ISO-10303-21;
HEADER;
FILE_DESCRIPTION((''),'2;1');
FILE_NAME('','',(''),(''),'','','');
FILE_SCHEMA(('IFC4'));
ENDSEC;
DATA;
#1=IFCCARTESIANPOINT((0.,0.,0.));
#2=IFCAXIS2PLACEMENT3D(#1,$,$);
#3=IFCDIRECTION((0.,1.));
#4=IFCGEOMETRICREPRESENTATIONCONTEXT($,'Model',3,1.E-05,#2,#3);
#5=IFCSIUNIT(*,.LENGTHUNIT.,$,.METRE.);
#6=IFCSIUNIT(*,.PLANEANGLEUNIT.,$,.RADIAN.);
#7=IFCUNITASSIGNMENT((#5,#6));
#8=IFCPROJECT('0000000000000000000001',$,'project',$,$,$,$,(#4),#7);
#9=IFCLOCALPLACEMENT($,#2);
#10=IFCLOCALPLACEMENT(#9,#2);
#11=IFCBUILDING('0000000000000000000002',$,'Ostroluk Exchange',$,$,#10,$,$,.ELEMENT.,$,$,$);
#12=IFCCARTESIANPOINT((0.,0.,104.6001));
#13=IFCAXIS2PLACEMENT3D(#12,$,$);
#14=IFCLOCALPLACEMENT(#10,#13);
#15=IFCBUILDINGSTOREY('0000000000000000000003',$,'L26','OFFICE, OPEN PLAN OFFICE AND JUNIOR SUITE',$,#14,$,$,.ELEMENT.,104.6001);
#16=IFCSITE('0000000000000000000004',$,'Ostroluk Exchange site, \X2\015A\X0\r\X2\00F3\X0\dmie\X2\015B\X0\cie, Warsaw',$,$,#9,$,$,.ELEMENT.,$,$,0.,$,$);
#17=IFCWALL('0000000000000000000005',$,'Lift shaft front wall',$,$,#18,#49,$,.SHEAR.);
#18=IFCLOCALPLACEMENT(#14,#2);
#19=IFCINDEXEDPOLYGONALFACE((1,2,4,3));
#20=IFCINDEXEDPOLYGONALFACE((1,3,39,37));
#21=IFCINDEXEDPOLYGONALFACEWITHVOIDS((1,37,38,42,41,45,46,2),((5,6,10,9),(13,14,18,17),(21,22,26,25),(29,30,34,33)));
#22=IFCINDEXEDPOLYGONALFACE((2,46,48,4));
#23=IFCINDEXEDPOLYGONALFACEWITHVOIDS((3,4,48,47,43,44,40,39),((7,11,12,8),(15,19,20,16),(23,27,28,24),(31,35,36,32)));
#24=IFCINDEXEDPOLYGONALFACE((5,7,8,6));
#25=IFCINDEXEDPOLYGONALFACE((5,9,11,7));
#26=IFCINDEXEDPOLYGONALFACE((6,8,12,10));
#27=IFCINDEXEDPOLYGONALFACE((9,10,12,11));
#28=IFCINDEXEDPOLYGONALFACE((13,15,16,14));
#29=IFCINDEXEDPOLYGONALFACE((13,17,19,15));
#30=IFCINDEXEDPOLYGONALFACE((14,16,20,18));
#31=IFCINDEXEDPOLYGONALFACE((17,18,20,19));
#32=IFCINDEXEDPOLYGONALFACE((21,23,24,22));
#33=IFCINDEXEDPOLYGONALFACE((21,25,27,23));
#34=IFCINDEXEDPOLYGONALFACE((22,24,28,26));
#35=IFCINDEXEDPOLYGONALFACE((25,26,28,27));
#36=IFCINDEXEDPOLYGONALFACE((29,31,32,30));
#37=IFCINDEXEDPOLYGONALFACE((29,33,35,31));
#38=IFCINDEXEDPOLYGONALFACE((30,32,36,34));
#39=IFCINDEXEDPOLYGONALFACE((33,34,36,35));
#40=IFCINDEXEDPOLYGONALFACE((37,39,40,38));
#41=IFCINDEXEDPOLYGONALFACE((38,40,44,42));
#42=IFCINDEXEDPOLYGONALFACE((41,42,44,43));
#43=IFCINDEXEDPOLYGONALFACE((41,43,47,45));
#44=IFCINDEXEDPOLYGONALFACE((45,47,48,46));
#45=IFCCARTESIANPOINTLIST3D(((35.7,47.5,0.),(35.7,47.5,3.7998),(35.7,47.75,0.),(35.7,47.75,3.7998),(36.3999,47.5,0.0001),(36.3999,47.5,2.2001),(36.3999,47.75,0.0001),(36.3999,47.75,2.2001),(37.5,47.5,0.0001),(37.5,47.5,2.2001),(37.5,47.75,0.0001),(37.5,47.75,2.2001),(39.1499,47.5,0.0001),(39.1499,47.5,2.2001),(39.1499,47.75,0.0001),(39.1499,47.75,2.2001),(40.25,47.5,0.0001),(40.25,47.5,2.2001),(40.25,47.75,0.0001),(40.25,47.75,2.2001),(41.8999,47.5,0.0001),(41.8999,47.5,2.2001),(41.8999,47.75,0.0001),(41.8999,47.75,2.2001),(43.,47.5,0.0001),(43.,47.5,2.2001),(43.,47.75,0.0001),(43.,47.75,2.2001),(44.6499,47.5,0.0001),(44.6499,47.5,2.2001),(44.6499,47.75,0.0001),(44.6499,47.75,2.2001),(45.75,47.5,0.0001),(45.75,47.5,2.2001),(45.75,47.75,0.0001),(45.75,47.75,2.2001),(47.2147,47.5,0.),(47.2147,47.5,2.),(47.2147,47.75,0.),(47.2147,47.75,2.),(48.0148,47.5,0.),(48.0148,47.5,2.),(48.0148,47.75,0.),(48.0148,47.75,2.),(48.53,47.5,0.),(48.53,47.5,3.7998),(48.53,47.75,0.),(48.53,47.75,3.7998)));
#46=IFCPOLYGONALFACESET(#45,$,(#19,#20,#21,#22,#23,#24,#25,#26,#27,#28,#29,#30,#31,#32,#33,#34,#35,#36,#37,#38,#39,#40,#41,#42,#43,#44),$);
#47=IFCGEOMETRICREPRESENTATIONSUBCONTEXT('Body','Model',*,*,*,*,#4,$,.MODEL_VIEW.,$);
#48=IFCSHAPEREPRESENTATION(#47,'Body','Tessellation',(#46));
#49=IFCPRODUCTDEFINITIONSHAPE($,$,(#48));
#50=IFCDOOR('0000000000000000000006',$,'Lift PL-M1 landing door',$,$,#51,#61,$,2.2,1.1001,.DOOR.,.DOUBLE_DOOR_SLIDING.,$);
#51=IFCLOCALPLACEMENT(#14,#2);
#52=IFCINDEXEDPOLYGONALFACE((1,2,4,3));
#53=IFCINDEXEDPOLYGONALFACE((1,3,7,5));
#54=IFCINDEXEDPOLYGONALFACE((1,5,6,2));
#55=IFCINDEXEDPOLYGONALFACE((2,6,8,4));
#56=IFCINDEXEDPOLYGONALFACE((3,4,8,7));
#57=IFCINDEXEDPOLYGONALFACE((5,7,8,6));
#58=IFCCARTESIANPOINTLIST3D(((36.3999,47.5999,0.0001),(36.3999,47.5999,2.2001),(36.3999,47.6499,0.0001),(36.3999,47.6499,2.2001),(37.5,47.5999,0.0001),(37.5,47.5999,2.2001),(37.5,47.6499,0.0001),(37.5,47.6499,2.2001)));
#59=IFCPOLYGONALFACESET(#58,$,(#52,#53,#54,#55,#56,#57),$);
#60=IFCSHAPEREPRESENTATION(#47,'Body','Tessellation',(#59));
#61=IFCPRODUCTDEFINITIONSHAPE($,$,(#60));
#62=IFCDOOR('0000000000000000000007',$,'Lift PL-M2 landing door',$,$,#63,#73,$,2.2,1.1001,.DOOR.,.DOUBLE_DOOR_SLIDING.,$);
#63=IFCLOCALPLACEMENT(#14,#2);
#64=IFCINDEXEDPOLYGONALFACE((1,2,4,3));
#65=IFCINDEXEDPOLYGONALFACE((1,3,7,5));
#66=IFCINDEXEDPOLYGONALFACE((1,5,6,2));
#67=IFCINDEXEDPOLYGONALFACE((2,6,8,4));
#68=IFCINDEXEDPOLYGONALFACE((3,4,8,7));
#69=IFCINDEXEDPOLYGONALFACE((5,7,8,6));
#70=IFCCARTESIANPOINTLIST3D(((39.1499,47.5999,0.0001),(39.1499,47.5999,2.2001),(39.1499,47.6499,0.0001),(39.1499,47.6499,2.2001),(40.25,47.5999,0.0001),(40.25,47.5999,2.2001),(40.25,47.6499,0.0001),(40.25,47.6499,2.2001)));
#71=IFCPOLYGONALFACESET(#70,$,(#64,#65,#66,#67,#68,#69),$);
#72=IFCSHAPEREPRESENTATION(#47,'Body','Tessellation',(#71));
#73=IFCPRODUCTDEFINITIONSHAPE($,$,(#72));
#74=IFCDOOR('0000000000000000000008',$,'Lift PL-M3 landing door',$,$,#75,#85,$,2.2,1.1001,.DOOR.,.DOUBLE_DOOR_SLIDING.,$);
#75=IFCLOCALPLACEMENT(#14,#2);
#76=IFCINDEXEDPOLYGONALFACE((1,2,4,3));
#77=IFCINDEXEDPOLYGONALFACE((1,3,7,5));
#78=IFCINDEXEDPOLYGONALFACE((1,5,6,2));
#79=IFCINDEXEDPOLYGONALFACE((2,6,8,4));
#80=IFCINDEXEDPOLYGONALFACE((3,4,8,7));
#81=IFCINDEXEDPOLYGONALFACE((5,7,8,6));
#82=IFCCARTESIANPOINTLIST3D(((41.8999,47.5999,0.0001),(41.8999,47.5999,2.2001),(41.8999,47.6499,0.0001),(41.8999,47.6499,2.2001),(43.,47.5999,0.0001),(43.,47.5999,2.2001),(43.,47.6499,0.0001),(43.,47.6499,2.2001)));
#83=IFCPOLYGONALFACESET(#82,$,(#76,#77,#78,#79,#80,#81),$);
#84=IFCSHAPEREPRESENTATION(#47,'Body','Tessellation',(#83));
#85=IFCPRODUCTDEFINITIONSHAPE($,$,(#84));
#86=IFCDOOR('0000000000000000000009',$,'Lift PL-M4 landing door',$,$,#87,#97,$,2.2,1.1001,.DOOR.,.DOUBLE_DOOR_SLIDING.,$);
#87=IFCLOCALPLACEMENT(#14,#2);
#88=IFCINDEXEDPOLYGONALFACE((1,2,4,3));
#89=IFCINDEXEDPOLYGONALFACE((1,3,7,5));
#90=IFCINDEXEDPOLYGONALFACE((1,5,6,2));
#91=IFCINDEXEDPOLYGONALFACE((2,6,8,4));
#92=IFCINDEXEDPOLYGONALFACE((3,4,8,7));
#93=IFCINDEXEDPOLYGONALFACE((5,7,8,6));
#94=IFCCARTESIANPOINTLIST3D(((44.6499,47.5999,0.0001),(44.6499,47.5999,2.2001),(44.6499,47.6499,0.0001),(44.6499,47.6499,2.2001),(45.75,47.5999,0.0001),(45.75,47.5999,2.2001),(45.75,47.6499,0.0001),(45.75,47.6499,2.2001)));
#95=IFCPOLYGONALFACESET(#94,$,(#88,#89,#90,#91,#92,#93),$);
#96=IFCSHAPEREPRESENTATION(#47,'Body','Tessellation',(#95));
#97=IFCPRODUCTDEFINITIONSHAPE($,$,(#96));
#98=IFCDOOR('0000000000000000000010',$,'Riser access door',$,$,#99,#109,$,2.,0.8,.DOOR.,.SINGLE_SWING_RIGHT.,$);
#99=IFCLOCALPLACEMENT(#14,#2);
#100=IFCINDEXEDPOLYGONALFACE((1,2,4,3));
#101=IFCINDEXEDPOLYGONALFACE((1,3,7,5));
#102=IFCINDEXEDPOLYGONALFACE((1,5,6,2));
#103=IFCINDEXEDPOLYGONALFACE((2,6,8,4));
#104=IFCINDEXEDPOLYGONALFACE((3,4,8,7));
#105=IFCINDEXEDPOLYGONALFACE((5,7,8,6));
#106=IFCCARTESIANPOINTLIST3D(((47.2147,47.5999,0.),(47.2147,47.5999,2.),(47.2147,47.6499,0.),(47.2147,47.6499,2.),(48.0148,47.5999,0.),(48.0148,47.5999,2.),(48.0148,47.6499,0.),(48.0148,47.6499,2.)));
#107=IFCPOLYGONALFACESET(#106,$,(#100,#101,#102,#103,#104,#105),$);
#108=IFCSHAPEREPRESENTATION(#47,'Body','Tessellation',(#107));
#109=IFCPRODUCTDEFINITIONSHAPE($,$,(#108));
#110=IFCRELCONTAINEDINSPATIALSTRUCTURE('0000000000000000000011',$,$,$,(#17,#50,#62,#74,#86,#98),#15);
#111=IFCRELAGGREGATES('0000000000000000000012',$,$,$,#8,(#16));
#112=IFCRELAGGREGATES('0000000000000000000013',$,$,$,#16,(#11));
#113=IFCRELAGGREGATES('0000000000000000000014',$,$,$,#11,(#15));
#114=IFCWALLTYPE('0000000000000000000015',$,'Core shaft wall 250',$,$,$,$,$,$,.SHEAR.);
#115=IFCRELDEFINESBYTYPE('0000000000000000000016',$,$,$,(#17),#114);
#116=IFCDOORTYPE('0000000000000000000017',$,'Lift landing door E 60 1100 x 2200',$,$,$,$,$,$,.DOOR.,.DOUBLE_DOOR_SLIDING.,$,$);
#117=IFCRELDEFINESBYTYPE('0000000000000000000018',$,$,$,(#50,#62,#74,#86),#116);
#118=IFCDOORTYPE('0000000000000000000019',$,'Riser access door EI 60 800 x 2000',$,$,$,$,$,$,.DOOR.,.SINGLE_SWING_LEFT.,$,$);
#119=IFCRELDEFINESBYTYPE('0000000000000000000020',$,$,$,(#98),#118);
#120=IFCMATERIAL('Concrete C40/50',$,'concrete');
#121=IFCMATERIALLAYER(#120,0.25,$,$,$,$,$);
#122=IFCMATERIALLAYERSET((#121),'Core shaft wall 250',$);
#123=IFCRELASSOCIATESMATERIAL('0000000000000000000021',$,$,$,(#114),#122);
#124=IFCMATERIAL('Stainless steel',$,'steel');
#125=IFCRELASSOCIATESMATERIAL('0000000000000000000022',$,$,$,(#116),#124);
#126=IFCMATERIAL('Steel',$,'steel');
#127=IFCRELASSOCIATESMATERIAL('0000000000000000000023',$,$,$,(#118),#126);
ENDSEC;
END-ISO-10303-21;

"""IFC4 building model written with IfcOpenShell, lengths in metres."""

from ifc_helpers import new_model, si_unit, direction, frame, frame_2d, origin, place, context, subcontext, project, spatial, rectangle, extrude, material, layer, layer_set, type_object, element, fill, save


model = new_model("IFC4")

# Units and contexts
model_context = context("Model", 3, precision=1e-05, world=origin(), true_north=direction((0.0, 1.0)))
body_context = subcontext(model_context, "Body", "Model", "MODEL_VIEW")
ifc_project = project(units=[si_unit("LENGTHUNIT", "METRE"), si_unit("PLANEANGLEUNIT", "RADIAN")], contexts=[model_context])

# Site, building, storey
site_placement = place(None, origin())
site = spatial("IfcSite", under=ifc_project, at=site_placement, Name="Ostroluk Exchange site, Śródmieście, Warsaw", CompositionType="ELEMENT", RefElevation=0.0)
building_placement = place(site_placement, origin())
building = spatial("IfcBuilding", under=site, at=building_placement, Name="Ostroluk Exchange", CompositionType="ELEMENT")
storey_placement = place(building_placement, frame((0.0, 0.0, 104.6001)))
storey = spatial("IfcBuildingStorey", under=building, at=storey_placement, Name="L26", Description="OFFICE, OPEN PLAN OFFICE AND JUNIOR SUITE", CompositionType="ELEMENT", Elevation=104.6001)

# Shared definitions
ifc_material_1 = material(Name="Concrete C40/50", Category="concrete")
ifc_layer_1 = layer(ifc_material_1, 0.25)
ifc_layer_set_1 = layer_set([ifc_layer_1], Name="Core shaft wall 250")
wall_type_1 = type_object("IfcWallType", Name="Core shaft wall 250", PredefinedType="SHEAR", material=ifc_layer_set_1)

# Wall, openings, doors
wall_1_placement = place(storey_placement, frame((35.7, 47.625, 0.0), z_axis=(0.0, 0.0, 1.0), x_axis=(1.0, 0.0, 0.0)))
wall_1 = element("IfcWall", 1, at=wall_1_placement, inside=storey, type_object=wall_type_1, Name="Lift shaft front wall", PredefinedType="SHEAR", context=body_context, shape_type="SweptSolid", body=[
    extrude(rectangle(XDim=12.8301, YDim=0.25, at=frame_2d((6.415, 0.0))), origin(), (0.0, 0.0, 1.0), 3.7998),
])
opening_1_placement = place(wall_1_placement, frame((0.7, 0.0, 0.0)))
opening_1 = element("IfcOpeningElement", 2, at=opening_1_placement, cuts=wall_1, PredefinedType="OPENING", context=body_context, shape_type="SweptSolid", body=[
    extrude(rectangle(XDim=1.1001, YDim=2.2, at=frame_2d((0.55, 1.1001))), frame((0.0, 0.135, 0.0), z_axis=(0.0, -1.0, 0.0), x_axis=(1.0, 0.0, 0.0)), (0.0, 0.0, 1.0), 0.27),
])
opening_2_placement = place(wall_1_placement, frame((3.45, 0.0, 0.0)))
opening_2 = element("IfcOpeningElement", 3, at=opening_2_placement, cuts=wall_1, PredefinedType="OPENING", context=body_context, shape_type="SweptSolid", body=[
    extrude(rectangle(XDim=1.1001, YDim=2.2, at=frame_2d((0.55, 1.1001))), frame((0.0, 0.135, 0.0), z_axis=(0.0, -1.0, 0.0), x_axis=(1.0, 0.0, 0.0)), (0.0, 0.0, 1.0), 0.27),
])
opening_3_placement = place(wall_1_placement, frame((6.2, 0.0, 0.0)))
opening_3 = element("IfcOpeningElement", 4, at=opening_3_placement, cuts=wall_1, PredefinedType="OPENING", context=body_context, shape_type="SweptSolid", body=[
    extrude(rectangle(XDim=1.1001, YDim=2.2, at=frame_2d((0.55, 1.1001))), frame((0.0, 0.135, 0.0), z_axis=(0.0, -1.0, 0.0), x_axis=(1.0, 0.0, 0.0)), (0.0, 0.0, 1.0), 0.27),
])
opening_4_placement = place(wall_1_placement, frame((8.95, 0.0, 0.0)))
opening_4 = element("IfcOpeningElement", 5, at=opening_4_placement, cuts=wall_1, PredefinedType="OPENING", context=body_context, shape_type="SweptSolid", body=[
    extrude(rectangle(XDim=1.1001, YDim=2.2, at=frame_2d((0.55, 1.1001))), frame((0.0, 0.135, 0.0), z_axis=(0.0, -1.0, 0.0), x_axis=(1.0, 0.0, 0.0)), (0.0, 0.0, 1.0), 0.27),
])
opening_5_placement = place(wall_1_placement, frame((11.5149, 0.0, 0.0)))
opening_5 = element("IfcOpeningElement", 6, at=opening_5_placement, cuts=wall_1, PredefinedType="OPENING", context=body_context, shape_type="SweptSolid", body=[
    extrude(rectangle(XDim=0.8, YDim=2.0, at=frame_2d((0.3999, 1.0))), frame((0.0, 0.135, 0.0), z_axis=(0.0, -1.0, 0.0), x_axis=(1.0, 0.0, 0.0)), (0.0, 0.0, 1.0), 0.27),
])
ifc_material_2 = material(Name="Stainless steel", Category="steel")
door_type_1 = type_object("IfcDoorType", Name="Lift landing door E 60 1100 x 2200", OperationType="DOUBLE_DOOR_SLIDING", PredefinedType="DOOR", material=ifc_material_2)
door_1_placement = place(opening_1_placement, origin())
door_1 = element("IfcDoor", 7, at=door_1_placement, inside=storey, type_object=door_type_1, Name="Lift PL-M1 landing door", OperationType="DOUBLE_DOOR_SLIDING", OverallHeight=2.2, OverallWidth=1.1001, PredefinedType="DOOR", context=body_context, shape_type="SweptSolid", body=[
    extrude(rectangle(XDim=1.1001, YDim=2.2, at=frame_2d((0.55, 1.1001))), frame((0.0, 0.0249, 0.0), z_axis=(0.0, -1.0, 0.0), x_axis=(1.0, 0.0, 0.0)), (0.0, 0.0, 1.0), 0.05),
])
fill(opening_1, door_1)
door_2_placement = place(opening_2_placement, origin())
door_2 = element("IfcDoor", 8, at=door_2_placement, inside=storey, type_object=door_type_1, Name="Lift PL-M2 landing door", OperationType="DOUBLE_DOOR_SLIDING", OverallHeight=2.2, OverallWidth=1.1001, PredefinedType="DOOR", context=body_context, shape_type="SweptSolid", body=[
    extrude(rectangle(XDim=1.1001, YDim=2.2, at=frame_2d((0.55, 1.1001))), frame((0.0, 0.0249, 0.0), z_axis=(0.0, -1.0, 0.0), x_axis=(1.0, 0.0, 0.0)), (0.0, 0.0, 1.0), 0.05),
])
fill(opening_2, door_2)
door_3_placement = place(opening_3_placement, origin())
door_3 = element("IfcDoor", 9, at=door_3_placement, inside=storey, type_object=door_type_1, Name="Lift PL-M3 landing door", OperationType="DOUBLE_DOOR_SLIDING", OverallHeight=2.2, OverallWidth=1.1001, PredefinedType="DOOR", context=body_context, shape_type="SweptSolid", body=[
    extrude(rectangle(XDim=1.1001, YDim=2.2, at=frame_2d((0.55, 1.1001))), frame((0.0, 0.0249, 0.0), z_axis=(0.0, -1.0, 0.0), x_axis=(1.0, 0.0, 0.0)), (0.0, 0.0, 1.0), 0.05),
])
fill(opening_3, door_3)
door_4_placement = place(opening_4_placement, origin())
door_4 = element("IfcDoor", 10, at=door_4_placement, inside=storey, type_object=door_type_1, Name="Lift PL-M4 landing door", OperationType="DOUBLE_DOOR_SLIDING", OverallHeight=2.2, OverallWidth=1.1001, PredefinedType="DOOR", context=body_context, shape_type="SweptSolid", body=[
    extrude(rectangle(XDim=1.1001, YDim=2.2, at=frame_2d((0.55, 1.1001))), frame((0.0, 0.0249, 0.0), z_axis=(0.0, -1.0, 0.0), x_axis=(1.0, 0.0, 0.0)), (0.0, 0.0, 1.0), 0.05),
])
fill(opening_4, door_4)
ifc_material_3 = material(Name="Steel", Category="steel")
door_type_2 = type_object("IfcDoorType", Name="Riser access door EI 60 800 x 2000", OperationType="SINGLE_SWING_LEFT", PredefinedType="DOOR", material=ifc_material_3)
door_5_placement = place(opening_5_placement, origin())
door_5 = element("IfcDoor", 11, at=door_5_placement, inside=storey, type_object=door_type_2, Name="Riser access door", OperationType="SINGLE_SWING_RIGHT", OverallHeight=2.0, OverallWidth=0.8, PredefinedType="DOOR", context=body_context, shape_type="SweptSolid", body=[
    extrude(rectangle(XDim=0.8, YDim=2.0, at=frame_2d((0.3999, 1.0))), frame((0.0, 0.0249, 0.0), z_axis=(0.0, -1.0, 0.0), x_axis=(1.0, 0.0, 0.0)), (0.0, 0.0, 1.0), 0.05),
])
fill(opening_5, door_5)

save(model, "model.ifc")
